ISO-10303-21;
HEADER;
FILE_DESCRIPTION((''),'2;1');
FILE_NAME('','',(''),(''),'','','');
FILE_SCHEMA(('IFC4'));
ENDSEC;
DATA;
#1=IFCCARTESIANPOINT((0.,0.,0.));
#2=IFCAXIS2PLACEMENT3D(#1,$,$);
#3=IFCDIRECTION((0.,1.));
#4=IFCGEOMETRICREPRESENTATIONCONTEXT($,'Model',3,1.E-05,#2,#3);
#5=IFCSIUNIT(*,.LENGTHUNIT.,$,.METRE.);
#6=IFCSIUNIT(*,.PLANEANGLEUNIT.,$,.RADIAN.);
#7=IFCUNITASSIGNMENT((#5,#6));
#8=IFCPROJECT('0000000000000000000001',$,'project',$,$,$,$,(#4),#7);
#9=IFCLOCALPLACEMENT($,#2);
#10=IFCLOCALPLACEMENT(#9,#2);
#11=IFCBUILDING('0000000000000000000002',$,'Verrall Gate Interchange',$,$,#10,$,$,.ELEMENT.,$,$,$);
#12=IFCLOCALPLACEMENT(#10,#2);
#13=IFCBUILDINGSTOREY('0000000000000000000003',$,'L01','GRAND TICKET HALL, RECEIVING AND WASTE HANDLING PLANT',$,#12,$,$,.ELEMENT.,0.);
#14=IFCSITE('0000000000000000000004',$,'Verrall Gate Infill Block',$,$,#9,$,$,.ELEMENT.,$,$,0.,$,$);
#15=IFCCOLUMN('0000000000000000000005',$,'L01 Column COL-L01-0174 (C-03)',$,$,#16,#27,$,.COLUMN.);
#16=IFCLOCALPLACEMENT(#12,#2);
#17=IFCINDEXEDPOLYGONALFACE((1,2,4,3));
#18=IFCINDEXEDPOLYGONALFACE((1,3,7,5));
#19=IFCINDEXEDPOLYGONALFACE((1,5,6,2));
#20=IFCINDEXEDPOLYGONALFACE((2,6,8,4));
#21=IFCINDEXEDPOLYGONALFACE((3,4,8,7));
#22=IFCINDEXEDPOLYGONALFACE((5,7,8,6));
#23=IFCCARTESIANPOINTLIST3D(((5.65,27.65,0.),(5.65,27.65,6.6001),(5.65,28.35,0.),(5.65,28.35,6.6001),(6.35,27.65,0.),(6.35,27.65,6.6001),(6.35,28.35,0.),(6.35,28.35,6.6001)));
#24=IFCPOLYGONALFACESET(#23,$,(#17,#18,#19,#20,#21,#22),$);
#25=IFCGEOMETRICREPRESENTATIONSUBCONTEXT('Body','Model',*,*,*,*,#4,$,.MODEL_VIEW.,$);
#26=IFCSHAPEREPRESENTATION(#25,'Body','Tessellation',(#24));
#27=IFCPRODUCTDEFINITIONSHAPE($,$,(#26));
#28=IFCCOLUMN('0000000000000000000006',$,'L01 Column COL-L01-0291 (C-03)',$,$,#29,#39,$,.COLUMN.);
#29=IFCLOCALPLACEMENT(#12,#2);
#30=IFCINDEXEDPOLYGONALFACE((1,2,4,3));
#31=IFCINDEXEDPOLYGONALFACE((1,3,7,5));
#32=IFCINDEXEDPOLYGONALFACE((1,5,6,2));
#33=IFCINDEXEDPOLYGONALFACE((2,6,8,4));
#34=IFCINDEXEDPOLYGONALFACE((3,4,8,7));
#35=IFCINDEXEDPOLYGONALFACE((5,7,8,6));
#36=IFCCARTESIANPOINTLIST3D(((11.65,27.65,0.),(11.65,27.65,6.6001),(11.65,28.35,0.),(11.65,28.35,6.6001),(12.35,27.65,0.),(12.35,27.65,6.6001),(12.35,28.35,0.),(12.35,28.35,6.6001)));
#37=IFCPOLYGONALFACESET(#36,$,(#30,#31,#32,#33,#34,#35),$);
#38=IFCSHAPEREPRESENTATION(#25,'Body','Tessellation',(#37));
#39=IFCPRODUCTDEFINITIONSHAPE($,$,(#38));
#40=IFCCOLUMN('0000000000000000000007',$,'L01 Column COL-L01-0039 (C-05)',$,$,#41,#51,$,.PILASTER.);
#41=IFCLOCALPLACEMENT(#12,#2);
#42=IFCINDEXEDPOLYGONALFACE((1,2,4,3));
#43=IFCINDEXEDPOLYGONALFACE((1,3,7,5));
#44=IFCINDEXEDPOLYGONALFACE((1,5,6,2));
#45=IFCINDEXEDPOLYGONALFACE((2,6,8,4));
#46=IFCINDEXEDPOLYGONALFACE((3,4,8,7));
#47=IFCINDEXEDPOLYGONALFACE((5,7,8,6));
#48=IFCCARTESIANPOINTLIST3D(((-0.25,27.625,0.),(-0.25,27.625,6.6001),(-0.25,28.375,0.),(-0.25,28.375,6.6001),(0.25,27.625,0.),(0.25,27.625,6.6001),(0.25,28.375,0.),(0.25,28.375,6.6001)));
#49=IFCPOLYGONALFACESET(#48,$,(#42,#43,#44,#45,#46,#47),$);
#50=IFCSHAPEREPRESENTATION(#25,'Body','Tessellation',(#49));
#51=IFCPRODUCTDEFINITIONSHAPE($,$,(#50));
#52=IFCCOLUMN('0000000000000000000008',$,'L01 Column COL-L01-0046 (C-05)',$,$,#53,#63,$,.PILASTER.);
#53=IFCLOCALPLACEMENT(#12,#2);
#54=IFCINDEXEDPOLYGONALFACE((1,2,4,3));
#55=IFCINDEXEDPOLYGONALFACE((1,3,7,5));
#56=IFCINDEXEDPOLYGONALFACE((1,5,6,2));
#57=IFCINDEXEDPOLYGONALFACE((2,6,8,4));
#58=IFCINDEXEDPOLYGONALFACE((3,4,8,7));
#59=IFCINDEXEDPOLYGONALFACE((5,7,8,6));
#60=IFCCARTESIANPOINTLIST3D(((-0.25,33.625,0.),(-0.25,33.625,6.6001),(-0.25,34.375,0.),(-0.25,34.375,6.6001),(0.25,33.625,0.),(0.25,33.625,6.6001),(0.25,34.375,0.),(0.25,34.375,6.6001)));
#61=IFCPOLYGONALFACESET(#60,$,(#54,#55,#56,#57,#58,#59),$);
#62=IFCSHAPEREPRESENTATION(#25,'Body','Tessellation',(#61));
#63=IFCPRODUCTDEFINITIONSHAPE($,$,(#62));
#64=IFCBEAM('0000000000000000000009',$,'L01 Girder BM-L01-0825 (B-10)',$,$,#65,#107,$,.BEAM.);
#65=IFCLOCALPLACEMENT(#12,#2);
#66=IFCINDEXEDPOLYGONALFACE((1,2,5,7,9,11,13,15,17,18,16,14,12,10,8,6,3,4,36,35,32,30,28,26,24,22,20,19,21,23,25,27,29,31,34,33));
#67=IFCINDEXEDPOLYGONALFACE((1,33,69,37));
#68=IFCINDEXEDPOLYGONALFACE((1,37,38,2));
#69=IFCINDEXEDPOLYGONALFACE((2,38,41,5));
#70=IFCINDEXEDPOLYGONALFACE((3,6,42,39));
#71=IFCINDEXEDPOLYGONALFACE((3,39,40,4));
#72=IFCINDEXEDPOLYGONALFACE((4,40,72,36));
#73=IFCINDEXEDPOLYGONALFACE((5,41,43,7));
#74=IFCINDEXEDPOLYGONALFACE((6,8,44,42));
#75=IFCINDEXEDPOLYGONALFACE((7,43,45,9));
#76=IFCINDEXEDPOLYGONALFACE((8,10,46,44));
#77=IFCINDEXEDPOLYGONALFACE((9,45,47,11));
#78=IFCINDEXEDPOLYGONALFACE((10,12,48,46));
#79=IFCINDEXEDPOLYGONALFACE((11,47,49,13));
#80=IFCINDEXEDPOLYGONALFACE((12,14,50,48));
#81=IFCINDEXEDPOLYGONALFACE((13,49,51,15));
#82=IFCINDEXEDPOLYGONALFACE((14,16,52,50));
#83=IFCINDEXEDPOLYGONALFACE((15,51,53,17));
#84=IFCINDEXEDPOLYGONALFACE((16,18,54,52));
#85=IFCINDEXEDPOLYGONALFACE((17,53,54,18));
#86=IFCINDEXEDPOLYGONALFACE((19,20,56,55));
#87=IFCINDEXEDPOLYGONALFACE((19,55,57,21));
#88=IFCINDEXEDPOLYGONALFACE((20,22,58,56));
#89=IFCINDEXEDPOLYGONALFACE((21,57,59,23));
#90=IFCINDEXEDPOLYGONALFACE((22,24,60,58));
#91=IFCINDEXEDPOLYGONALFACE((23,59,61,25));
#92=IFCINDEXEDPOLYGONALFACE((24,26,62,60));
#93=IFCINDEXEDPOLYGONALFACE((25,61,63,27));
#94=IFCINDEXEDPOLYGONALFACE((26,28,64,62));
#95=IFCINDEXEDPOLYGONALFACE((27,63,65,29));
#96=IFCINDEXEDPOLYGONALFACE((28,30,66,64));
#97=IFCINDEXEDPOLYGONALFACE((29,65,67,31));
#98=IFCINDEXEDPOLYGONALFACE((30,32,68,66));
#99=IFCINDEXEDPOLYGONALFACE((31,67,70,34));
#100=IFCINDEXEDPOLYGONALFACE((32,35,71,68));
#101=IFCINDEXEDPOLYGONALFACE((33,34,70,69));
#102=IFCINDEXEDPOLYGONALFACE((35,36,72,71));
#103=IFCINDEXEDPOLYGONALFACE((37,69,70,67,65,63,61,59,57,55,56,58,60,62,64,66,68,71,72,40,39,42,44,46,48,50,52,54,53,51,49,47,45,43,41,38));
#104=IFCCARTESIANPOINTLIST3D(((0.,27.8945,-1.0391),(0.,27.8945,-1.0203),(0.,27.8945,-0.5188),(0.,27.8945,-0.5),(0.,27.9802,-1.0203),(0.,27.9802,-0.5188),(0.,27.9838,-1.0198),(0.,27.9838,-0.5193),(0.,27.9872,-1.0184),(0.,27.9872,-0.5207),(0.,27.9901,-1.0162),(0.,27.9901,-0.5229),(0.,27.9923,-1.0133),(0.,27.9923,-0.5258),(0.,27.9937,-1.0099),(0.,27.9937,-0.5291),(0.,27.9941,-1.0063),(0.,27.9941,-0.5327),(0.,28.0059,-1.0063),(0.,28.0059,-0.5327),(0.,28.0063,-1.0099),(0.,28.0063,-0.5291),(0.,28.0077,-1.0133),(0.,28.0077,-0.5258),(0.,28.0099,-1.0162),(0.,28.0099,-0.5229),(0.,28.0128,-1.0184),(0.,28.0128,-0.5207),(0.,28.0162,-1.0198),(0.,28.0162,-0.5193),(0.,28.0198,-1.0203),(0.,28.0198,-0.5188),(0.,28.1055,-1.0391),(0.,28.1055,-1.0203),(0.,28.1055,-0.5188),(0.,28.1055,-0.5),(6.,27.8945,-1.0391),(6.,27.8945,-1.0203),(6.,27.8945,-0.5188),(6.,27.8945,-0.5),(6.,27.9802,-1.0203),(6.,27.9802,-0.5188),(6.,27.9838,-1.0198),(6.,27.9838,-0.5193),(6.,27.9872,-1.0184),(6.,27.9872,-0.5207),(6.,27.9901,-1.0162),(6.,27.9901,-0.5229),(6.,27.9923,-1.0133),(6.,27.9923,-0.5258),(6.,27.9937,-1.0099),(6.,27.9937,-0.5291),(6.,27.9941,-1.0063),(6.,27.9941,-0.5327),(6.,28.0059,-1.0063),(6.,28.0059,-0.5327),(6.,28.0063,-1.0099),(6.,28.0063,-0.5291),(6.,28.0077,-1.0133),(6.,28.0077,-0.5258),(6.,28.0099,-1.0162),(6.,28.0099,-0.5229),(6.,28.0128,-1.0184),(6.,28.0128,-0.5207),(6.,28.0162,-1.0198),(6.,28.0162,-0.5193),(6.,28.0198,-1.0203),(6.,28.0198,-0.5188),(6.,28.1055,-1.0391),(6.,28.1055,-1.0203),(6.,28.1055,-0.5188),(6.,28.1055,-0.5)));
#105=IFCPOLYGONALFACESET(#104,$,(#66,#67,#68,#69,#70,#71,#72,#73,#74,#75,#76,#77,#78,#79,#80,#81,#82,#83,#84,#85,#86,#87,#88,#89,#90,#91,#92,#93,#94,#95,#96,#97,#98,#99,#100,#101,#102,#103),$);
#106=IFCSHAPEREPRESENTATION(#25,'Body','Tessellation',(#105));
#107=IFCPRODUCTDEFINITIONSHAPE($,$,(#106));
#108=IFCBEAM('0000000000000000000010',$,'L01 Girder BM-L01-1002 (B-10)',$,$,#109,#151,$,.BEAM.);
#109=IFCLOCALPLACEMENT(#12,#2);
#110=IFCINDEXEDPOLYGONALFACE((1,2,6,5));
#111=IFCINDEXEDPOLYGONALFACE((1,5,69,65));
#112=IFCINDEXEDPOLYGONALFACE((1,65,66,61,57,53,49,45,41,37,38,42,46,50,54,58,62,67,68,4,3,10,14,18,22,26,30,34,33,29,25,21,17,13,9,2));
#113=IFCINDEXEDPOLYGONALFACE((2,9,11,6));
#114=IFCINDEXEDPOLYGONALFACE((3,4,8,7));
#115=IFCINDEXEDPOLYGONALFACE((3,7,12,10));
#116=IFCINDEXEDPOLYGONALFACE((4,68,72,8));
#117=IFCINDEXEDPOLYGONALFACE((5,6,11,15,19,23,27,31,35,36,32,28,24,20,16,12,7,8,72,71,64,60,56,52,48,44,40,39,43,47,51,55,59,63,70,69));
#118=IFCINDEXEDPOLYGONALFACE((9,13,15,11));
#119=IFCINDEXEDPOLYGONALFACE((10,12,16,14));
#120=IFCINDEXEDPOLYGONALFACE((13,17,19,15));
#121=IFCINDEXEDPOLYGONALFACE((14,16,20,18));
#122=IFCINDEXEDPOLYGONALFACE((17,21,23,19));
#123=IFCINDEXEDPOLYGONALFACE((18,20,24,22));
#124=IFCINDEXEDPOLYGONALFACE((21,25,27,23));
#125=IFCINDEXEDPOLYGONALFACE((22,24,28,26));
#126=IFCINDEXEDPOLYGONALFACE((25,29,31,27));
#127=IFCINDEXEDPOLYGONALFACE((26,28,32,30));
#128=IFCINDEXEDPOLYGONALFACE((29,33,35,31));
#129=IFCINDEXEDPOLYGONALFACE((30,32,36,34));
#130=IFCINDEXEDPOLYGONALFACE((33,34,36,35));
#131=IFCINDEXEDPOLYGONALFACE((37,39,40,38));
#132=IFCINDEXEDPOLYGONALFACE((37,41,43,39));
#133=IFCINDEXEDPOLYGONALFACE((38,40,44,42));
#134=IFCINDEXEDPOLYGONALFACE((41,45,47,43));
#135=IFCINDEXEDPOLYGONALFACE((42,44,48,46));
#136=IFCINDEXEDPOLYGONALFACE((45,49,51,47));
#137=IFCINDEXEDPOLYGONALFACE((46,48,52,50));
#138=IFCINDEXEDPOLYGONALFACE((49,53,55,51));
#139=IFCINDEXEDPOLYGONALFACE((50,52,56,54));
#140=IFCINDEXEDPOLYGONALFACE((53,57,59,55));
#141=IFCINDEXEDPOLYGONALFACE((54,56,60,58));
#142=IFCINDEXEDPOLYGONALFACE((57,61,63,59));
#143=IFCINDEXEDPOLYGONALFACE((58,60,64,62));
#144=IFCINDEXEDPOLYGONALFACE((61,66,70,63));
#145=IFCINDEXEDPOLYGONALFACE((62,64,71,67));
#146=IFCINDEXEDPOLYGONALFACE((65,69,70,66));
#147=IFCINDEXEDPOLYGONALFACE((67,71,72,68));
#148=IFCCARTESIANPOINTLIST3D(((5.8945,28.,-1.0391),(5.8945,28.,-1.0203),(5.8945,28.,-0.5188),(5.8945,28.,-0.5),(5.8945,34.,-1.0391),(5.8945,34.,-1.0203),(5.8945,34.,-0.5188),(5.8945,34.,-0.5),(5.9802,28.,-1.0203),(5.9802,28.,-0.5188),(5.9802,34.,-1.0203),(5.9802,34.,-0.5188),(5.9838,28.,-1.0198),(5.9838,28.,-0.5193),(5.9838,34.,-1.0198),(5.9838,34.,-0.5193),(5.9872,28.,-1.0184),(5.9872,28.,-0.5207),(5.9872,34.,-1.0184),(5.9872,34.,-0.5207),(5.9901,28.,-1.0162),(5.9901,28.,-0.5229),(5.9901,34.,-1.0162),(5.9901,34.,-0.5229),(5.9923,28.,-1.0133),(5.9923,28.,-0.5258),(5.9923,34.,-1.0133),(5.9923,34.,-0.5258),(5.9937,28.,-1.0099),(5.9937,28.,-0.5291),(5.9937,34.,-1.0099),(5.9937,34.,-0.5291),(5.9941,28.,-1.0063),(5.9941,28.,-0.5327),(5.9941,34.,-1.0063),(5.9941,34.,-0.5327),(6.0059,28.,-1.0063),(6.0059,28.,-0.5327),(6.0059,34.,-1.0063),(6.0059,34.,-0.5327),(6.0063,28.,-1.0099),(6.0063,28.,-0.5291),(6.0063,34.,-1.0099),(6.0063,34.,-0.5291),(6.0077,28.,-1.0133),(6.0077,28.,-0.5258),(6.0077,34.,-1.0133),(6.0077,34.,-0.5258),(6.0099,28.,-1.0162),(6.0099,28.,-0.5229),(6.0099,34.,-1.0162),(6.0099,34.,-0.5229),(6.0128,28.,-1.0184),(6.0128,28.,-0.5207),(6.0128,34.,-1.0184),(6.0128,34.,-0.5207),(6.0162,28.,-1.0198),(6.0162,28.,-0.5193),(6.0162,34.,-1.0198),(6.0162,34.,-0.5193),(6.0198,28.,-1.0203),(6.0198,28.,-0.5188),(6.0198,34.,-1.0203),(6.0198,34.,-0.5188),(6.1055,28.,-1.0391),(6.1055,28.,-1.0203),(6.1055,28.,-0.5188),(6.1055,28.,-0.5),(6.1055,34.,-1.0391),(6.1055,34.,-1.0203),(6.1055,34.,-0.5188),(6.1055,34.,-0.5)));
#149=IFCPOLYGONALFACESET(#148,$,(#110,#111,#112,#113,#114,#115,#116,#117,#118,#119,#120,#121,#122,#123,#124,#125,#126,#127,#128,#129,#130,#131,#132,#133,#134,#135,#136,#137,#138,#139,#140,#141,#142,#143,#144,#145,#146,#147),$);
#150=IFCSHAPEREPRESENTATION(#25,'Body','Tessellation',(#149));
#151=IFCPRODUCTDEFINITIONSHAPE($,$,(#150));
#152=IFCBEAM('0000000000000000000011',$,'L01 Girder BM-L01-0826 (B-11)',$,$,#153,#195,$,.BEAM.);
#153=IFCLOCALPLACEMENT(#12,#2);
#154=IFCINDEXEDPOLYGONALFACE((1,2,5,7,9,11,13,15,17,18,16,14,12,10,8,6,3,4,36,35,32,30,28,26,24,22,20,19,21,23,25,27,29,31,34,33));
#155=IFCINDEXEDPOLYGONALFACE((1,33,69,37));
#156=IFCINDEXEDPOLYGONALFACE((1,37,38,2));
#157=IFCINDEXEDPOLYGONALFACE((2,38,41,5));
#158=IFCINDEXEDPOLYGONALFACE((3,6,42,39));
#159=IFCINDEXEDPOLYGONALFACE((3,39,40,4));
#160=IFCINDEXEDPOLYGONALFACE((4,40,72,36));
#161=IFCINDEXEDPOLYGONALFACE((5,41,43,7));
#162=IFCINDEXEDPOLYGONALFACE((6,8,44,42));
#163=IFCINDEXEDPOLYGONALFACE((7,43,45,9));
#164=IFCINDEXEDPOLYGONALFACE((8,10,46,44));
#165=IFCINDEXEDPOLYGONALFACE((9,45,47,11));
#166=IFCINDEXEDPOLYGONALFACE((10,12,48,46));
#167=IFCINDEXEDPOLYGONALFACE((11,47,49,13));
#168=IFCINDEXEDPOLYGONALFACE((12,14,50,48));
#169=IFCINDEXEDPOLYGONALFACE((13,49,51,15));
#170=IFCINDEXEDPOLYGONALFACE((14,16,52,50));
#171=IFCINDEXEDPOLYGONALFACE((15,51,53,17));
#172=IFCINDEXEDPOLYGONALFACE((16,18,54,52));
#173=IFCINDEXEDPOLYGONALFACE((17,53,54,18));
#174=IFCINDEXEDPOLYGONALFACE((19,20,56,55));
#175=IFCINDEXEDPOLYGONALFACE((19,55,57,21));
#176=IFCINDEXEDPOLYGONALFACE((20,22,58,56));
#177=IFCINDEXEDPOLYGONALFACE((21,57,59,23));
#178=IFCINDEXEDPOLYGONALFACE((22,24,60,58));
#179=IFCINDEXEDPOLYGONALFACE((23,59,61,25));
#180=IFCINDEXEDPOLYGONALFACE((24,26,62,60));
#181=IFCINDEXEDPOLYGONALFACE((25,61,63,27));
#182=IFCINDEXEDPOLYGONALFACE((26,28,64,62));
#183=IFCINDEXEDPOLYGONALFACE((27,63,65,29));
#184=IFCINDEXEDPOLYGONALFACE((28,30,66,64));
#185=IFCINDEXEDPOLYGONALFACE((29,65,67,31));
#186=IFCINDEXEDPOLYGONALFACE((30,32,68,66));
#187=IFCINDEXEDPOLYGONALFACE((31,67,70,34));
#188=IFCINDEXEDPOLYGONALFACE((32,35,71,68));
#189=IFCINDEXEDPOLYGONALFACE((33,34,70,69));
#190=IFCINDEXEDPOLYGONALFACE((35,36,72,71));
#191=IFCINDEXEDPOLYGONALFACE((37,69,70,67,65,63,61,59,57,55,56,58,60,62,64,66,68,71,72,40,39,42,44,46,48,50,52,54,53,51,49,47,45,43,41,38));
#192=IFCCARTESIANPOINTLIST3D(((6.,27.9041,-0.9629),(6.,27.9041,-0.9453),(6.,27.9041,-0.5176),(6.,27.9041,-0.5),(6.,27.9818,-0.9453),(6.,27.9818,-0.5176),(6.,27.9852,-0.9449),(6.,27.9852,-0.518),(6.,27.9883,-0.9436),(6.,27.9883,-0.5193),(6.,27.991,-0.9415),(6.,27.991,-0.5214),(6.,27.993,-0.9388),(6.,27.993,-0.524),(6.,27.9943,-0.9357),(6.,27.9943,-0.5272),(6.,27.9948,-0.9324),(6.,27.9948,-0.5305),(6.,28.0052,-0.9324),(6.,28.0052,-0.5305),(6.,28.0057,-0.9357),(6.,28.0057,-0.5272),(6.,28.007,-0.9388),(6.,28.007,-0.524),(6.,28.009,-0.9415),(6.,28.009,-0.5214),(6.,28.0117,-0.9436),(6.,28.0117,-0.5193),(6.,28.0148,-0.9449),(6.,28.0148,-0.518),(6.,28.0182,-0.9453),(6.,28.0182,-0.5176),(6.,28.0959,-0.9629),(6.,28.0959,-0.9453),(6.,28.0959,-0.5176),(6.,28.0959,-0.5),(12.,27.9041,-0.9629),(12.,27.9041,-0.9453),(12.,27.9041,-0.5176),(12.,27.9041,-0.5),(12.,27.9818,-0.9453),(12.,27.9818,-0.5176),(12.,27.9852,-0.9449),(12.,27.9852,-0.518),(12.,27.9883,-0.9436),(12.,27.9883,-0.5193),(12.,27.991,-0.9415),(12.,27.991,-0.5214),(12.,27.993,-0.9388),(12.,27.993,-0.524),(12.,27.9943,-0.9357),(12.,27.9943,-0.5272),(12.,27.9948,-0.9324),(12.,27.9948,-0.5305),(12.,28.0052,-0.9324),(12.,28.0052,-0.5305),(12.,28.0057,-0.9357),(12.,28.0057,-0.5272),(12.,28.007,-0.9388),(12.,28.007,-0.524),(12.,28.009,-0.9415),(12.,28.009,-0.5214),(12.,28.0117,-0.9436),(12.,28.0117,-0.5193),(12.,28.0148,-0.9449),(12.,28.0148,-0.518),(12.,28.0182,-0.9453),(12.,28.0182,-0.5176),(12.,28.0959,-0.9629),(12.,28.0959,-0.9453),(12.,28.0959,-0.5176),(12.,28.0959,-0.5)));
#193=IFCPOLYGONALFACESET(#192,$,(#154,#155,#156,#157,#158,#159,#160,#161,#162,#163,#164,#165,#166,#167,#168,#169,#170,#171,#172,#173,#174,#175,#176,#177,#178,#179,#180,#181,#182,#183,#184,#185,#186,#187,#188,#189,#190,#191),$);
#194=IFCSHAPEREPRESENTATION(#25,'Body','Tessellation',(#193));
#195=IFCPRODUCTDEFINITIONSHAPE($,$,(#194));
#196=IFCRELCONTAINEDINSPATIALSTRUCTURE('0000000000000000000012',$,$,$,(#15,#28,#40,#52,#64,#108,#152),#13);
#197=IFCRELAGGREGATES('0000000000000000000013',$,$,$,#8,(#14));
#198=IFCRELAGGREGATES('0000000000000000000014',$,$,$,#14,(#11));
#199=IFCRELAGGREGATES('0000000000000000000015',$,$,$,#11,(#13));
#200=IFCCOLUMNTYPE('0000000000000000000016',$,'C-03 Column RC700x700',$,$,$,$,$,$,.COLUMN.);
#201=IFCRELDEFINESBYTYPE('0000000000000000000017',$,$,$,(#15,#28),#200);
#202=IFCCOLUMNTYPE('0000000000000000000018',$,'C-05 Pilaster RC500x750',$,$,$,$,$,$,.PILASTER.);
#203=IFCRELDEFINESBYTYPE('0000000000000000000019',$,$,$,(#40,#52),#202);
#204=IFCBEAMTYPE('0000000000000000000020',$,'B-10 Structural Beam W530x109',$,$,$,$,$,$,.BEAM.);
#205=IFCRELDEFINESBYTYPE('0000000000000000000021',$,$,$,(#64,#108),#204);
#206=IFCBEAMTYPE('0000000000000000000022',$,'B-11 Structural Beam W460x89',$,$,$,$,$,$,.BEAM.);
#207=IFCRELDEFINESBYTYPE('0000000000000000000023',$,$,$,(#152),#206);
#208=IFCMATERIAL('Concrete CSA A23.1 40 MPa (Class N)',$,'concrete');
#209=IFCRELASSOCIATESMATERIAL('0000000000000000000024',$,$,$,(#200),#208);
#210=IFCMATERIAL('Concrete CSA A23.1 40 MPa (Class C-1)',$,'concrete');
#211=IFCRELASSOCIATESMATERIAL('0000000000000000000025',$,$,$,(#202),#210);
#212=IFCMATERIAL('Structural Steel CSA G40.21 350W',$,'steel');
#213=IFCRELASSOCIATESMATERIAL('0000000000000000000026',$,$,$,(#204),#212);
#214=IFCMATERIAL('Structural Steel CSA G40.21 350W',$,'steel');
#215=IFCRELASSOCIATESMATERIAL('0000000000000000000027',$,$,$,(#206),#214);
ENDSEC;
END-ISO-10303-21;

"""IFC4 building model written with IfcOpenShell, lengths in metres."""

from ifc_helpers import new_model, si_unit, direction, frame, origin, origin_2d, place, context, subcontext, project, spatial, rectangle, i_section, extrude, material, material_profile, profile_set, type_object, element, save


model = new_model("IFC4")

# Units and contexts
model_context = context("Model", 3, precision=1e-05, world=origin(), true_north=direction((0.0, 1.0)))
body_context = subcontext(model_context, "Body", "Model", "MODEL_VIEW")
ifc_project = project(units=[si_unit("LENGTHUNIT", "METRE"), si_unit("PLANEANGLEUNIT", "RADIAN")], contexts=[model_context])

# Site, building, storey
site_placement = place(None, origin())
site = spatial("IfcSite", under=ifc_project, at=site_placement, Name="Verrall Gate Infill Block", CompositionType="ELEMENT", RefElevation=0.0)
building_placement = place(site_placement, origin())
building = spatial("IfcBuilding", under=site, at=building_placement, Name="Verrall Gate Interchange", CompositionType="ELEMENT")
storey_placement = place(building_placement, origin())
storey = spatial("IfcBuildingStorey", under=building, at=storey_placement, Name="L01", Description="GRAND TICKET HALL, RECEIVING AND WASTE HANDLING PLANT", CompositionType="ELEMENT", Elevation=0.0)

# Columns
ifc_material_1 = material(Name="Concrete CSA A23.1 40 MPa (Class N)", Category="concrete")
ifc_material_profile_1 = material_profile(ifc_material_1, rectangle(XDim=0.7, YDim=0.7, at=origin_2d()), Name="RC700x700")
ifc_profile_set_1 = profile_set([ifc_material_profile_1], Name="Concrete CSA A23.1 40 MPa (Class N)")
column_type_1 = type_object("IfcColumnType", Name="C-03 Column RC700x700", PredefinedType="COLUMN", material=ifc_profile_set_1)
for number, where, z_axis, x_axis, name in (
    (1, (6.0, 28.0, 0.0), (0.0, 0.0, 1.0), (1.0, 0.0, 0.0), "L01 Column COL-L01-0174 (C-03)"),
    (2, (12.0, 28.0, 0.0), (0.0, 0.0, 1.0), (1.0, 0.0, 0.0), "L01 Column COL-L01-0291 (C-03)"),
):
    element("IfcColumn", number, at=place(storey_placement, frame(where, z_axis=z_axis, x_axis=x_axis)), inside=storey, type_object=column_type_1, Name=name, PredefinedType="COLUMN", context=body_context, shape_type="SweptSolid", body=[
        extrude(rectangle(XDim=0.7, YDim=0.7, at=origin_2d()), origin(), (0.0, 0.0, 1.0), 6.6001),
    ])
ifc_material_2 = material(Name="Concrete CSA A23.1 40 MPa (Class C-1)", Category="concrete")
ifc_material_profile_2 = material_profile(ifc_material_2, rectangle(XDim=0.5, YDim=0.75, at=origin_2d()), Name="RC500x750")
ifc_profile_set_2 = profile_set([ifc_material_profile_2], Name="Concrete CSA A23.1 40 MPa (Class C-1)")
column_type_2 = type_object("IfcColumnType", Name="C-05 Pilaster RC500x750", PredefinedType="PILASTER", material=ifc_profile_set_2)
for number, where, z_axis, x_axis, name in (
    (3, (0.0, 28.0, 0.0), (0.0, 0.0, 1.0), (1.0, 0.0, 0.0), "L01 Column COL-L01-0039 (C-05)"),
    (4, (0.0, 34.0, 0.0), (0.0, 0.0, 1.0), (1.0, 0.0, 0.0), "L01 Column COL-L01-0046 (C-05)"),
):
    element("IfcColumn", number, at=place(storey_placement, frame(where, z_axis=z_axis, x_axis=x_axis)), inside=storey, type_object=column_type_2, Name=name, PredefinedType="PILASTER", context=body_context, shape_type="SweptSolid", body=[
        extrude(rectangle(XDim=0.5, YDim=0.75, at=origin_2d()), origin(), (0.0, 0.0, 1.0), 6.6001),
    ])

# Beams
ifc_material_3 = material(Name="Structural Steel CSA G40.21 350W", Category="steel")
ifc_material_profile_3 = material_profile(ifc_material_3, i_section(OverallWidth=0.2109, OverallDepth=0.5391, WebThickness=0.0117, FlangeThickness=0.0188, FilletRadius=0.0139, at=origin_2d()), Name="W530x109")
ifc_profile_set_3 = profile_set([ifc_material_profile_3], Name="Structural Steel CSA G40.21 350W")
beam_type_1 = type_object("IfcBeamType", Name="B-10 Structural Beam W530x109", PredefinedType="BEAM", material=ifc_profile_set_3)
for number, where, z_axis, x_axis, name in (
    (5, (0.0, 28.0, -0.7695), (1.0, 0.0, 0.0), (0.0, 1.0, 0.0), "L01 Girder BM-L01-0825 (B-10)"),
    (6, (6.0, 28.0, -0.7695), (0.0, 1.0, 0.0), (-1.0, 0.0, 0.0), "L01 Girder BM-L01-1002 (B-10)"),
):
    element("IfcBeam", number, at=place(storey_placement, frame(where, z_axis=z_axis, x_axis=x_axis)), inside=storey, type_object=beam_type_1, Name=name, PredefinedType="BEAM", context=body_context, shape_type="SweptSolid", body=[
        extrude(i_section(OverallWidth=0.2109, OverallDepth=0.5391, WebThickness=0.0117, FlangeThickness=0.0188, FilletRadius=0.0139, at=origin_2d()), origin(), (0.0, 0.0, 1.0), 6.0),
    ])
ifc_material_4 = material(Name="Structural Steel CSA G40.21 350W", Category="steel")
ifc_material_profile_4 = material_profile(ifc_material_4, i_section(OverallWidth=0.1919, OverallDepth=0.4629, WebThickness=0.0105, FlangeThickness=0.0176, FilletRadius=0.0129, at=origin_2d()), Name="W460x89")
ifc_profile_set_4 = profile_set([ifc_material_profile_4], Name="Structural Steel CSA G40.21 350W")
beam_type_2 = type_object("IfcBeamType", Name="B-11 Structural Beam W460x89", PredefinedType="BEAM", material=ifc_profile_set_4)
beam_1_placement = place(storey_placement, frame((6.0, 28.0, -0.7314), z_axis=(1.0, 0.0, 0.0), x_axis=(0.0, 1.0, 0.0)))
element("IfcBeam", 7, at=beam_1_placement, inside=storey, type_object=beam_type_2, Name="L01 Girder BM-L01-0826 (B-11)", PredefinedType="BEAM", context=body_context, shape_type="SweptSolid", body=[
    extrude(i_section(OverallWidth=0.1919, OverallDepth=0.4629, WebThickness=0.0105, FlangeThickness=0.0176, FilletRadius=0.0129, at=origin_2d()), origin(), (0.0, 0.0, 1.0), 6.0),
])

save(model, "model.ifc")
